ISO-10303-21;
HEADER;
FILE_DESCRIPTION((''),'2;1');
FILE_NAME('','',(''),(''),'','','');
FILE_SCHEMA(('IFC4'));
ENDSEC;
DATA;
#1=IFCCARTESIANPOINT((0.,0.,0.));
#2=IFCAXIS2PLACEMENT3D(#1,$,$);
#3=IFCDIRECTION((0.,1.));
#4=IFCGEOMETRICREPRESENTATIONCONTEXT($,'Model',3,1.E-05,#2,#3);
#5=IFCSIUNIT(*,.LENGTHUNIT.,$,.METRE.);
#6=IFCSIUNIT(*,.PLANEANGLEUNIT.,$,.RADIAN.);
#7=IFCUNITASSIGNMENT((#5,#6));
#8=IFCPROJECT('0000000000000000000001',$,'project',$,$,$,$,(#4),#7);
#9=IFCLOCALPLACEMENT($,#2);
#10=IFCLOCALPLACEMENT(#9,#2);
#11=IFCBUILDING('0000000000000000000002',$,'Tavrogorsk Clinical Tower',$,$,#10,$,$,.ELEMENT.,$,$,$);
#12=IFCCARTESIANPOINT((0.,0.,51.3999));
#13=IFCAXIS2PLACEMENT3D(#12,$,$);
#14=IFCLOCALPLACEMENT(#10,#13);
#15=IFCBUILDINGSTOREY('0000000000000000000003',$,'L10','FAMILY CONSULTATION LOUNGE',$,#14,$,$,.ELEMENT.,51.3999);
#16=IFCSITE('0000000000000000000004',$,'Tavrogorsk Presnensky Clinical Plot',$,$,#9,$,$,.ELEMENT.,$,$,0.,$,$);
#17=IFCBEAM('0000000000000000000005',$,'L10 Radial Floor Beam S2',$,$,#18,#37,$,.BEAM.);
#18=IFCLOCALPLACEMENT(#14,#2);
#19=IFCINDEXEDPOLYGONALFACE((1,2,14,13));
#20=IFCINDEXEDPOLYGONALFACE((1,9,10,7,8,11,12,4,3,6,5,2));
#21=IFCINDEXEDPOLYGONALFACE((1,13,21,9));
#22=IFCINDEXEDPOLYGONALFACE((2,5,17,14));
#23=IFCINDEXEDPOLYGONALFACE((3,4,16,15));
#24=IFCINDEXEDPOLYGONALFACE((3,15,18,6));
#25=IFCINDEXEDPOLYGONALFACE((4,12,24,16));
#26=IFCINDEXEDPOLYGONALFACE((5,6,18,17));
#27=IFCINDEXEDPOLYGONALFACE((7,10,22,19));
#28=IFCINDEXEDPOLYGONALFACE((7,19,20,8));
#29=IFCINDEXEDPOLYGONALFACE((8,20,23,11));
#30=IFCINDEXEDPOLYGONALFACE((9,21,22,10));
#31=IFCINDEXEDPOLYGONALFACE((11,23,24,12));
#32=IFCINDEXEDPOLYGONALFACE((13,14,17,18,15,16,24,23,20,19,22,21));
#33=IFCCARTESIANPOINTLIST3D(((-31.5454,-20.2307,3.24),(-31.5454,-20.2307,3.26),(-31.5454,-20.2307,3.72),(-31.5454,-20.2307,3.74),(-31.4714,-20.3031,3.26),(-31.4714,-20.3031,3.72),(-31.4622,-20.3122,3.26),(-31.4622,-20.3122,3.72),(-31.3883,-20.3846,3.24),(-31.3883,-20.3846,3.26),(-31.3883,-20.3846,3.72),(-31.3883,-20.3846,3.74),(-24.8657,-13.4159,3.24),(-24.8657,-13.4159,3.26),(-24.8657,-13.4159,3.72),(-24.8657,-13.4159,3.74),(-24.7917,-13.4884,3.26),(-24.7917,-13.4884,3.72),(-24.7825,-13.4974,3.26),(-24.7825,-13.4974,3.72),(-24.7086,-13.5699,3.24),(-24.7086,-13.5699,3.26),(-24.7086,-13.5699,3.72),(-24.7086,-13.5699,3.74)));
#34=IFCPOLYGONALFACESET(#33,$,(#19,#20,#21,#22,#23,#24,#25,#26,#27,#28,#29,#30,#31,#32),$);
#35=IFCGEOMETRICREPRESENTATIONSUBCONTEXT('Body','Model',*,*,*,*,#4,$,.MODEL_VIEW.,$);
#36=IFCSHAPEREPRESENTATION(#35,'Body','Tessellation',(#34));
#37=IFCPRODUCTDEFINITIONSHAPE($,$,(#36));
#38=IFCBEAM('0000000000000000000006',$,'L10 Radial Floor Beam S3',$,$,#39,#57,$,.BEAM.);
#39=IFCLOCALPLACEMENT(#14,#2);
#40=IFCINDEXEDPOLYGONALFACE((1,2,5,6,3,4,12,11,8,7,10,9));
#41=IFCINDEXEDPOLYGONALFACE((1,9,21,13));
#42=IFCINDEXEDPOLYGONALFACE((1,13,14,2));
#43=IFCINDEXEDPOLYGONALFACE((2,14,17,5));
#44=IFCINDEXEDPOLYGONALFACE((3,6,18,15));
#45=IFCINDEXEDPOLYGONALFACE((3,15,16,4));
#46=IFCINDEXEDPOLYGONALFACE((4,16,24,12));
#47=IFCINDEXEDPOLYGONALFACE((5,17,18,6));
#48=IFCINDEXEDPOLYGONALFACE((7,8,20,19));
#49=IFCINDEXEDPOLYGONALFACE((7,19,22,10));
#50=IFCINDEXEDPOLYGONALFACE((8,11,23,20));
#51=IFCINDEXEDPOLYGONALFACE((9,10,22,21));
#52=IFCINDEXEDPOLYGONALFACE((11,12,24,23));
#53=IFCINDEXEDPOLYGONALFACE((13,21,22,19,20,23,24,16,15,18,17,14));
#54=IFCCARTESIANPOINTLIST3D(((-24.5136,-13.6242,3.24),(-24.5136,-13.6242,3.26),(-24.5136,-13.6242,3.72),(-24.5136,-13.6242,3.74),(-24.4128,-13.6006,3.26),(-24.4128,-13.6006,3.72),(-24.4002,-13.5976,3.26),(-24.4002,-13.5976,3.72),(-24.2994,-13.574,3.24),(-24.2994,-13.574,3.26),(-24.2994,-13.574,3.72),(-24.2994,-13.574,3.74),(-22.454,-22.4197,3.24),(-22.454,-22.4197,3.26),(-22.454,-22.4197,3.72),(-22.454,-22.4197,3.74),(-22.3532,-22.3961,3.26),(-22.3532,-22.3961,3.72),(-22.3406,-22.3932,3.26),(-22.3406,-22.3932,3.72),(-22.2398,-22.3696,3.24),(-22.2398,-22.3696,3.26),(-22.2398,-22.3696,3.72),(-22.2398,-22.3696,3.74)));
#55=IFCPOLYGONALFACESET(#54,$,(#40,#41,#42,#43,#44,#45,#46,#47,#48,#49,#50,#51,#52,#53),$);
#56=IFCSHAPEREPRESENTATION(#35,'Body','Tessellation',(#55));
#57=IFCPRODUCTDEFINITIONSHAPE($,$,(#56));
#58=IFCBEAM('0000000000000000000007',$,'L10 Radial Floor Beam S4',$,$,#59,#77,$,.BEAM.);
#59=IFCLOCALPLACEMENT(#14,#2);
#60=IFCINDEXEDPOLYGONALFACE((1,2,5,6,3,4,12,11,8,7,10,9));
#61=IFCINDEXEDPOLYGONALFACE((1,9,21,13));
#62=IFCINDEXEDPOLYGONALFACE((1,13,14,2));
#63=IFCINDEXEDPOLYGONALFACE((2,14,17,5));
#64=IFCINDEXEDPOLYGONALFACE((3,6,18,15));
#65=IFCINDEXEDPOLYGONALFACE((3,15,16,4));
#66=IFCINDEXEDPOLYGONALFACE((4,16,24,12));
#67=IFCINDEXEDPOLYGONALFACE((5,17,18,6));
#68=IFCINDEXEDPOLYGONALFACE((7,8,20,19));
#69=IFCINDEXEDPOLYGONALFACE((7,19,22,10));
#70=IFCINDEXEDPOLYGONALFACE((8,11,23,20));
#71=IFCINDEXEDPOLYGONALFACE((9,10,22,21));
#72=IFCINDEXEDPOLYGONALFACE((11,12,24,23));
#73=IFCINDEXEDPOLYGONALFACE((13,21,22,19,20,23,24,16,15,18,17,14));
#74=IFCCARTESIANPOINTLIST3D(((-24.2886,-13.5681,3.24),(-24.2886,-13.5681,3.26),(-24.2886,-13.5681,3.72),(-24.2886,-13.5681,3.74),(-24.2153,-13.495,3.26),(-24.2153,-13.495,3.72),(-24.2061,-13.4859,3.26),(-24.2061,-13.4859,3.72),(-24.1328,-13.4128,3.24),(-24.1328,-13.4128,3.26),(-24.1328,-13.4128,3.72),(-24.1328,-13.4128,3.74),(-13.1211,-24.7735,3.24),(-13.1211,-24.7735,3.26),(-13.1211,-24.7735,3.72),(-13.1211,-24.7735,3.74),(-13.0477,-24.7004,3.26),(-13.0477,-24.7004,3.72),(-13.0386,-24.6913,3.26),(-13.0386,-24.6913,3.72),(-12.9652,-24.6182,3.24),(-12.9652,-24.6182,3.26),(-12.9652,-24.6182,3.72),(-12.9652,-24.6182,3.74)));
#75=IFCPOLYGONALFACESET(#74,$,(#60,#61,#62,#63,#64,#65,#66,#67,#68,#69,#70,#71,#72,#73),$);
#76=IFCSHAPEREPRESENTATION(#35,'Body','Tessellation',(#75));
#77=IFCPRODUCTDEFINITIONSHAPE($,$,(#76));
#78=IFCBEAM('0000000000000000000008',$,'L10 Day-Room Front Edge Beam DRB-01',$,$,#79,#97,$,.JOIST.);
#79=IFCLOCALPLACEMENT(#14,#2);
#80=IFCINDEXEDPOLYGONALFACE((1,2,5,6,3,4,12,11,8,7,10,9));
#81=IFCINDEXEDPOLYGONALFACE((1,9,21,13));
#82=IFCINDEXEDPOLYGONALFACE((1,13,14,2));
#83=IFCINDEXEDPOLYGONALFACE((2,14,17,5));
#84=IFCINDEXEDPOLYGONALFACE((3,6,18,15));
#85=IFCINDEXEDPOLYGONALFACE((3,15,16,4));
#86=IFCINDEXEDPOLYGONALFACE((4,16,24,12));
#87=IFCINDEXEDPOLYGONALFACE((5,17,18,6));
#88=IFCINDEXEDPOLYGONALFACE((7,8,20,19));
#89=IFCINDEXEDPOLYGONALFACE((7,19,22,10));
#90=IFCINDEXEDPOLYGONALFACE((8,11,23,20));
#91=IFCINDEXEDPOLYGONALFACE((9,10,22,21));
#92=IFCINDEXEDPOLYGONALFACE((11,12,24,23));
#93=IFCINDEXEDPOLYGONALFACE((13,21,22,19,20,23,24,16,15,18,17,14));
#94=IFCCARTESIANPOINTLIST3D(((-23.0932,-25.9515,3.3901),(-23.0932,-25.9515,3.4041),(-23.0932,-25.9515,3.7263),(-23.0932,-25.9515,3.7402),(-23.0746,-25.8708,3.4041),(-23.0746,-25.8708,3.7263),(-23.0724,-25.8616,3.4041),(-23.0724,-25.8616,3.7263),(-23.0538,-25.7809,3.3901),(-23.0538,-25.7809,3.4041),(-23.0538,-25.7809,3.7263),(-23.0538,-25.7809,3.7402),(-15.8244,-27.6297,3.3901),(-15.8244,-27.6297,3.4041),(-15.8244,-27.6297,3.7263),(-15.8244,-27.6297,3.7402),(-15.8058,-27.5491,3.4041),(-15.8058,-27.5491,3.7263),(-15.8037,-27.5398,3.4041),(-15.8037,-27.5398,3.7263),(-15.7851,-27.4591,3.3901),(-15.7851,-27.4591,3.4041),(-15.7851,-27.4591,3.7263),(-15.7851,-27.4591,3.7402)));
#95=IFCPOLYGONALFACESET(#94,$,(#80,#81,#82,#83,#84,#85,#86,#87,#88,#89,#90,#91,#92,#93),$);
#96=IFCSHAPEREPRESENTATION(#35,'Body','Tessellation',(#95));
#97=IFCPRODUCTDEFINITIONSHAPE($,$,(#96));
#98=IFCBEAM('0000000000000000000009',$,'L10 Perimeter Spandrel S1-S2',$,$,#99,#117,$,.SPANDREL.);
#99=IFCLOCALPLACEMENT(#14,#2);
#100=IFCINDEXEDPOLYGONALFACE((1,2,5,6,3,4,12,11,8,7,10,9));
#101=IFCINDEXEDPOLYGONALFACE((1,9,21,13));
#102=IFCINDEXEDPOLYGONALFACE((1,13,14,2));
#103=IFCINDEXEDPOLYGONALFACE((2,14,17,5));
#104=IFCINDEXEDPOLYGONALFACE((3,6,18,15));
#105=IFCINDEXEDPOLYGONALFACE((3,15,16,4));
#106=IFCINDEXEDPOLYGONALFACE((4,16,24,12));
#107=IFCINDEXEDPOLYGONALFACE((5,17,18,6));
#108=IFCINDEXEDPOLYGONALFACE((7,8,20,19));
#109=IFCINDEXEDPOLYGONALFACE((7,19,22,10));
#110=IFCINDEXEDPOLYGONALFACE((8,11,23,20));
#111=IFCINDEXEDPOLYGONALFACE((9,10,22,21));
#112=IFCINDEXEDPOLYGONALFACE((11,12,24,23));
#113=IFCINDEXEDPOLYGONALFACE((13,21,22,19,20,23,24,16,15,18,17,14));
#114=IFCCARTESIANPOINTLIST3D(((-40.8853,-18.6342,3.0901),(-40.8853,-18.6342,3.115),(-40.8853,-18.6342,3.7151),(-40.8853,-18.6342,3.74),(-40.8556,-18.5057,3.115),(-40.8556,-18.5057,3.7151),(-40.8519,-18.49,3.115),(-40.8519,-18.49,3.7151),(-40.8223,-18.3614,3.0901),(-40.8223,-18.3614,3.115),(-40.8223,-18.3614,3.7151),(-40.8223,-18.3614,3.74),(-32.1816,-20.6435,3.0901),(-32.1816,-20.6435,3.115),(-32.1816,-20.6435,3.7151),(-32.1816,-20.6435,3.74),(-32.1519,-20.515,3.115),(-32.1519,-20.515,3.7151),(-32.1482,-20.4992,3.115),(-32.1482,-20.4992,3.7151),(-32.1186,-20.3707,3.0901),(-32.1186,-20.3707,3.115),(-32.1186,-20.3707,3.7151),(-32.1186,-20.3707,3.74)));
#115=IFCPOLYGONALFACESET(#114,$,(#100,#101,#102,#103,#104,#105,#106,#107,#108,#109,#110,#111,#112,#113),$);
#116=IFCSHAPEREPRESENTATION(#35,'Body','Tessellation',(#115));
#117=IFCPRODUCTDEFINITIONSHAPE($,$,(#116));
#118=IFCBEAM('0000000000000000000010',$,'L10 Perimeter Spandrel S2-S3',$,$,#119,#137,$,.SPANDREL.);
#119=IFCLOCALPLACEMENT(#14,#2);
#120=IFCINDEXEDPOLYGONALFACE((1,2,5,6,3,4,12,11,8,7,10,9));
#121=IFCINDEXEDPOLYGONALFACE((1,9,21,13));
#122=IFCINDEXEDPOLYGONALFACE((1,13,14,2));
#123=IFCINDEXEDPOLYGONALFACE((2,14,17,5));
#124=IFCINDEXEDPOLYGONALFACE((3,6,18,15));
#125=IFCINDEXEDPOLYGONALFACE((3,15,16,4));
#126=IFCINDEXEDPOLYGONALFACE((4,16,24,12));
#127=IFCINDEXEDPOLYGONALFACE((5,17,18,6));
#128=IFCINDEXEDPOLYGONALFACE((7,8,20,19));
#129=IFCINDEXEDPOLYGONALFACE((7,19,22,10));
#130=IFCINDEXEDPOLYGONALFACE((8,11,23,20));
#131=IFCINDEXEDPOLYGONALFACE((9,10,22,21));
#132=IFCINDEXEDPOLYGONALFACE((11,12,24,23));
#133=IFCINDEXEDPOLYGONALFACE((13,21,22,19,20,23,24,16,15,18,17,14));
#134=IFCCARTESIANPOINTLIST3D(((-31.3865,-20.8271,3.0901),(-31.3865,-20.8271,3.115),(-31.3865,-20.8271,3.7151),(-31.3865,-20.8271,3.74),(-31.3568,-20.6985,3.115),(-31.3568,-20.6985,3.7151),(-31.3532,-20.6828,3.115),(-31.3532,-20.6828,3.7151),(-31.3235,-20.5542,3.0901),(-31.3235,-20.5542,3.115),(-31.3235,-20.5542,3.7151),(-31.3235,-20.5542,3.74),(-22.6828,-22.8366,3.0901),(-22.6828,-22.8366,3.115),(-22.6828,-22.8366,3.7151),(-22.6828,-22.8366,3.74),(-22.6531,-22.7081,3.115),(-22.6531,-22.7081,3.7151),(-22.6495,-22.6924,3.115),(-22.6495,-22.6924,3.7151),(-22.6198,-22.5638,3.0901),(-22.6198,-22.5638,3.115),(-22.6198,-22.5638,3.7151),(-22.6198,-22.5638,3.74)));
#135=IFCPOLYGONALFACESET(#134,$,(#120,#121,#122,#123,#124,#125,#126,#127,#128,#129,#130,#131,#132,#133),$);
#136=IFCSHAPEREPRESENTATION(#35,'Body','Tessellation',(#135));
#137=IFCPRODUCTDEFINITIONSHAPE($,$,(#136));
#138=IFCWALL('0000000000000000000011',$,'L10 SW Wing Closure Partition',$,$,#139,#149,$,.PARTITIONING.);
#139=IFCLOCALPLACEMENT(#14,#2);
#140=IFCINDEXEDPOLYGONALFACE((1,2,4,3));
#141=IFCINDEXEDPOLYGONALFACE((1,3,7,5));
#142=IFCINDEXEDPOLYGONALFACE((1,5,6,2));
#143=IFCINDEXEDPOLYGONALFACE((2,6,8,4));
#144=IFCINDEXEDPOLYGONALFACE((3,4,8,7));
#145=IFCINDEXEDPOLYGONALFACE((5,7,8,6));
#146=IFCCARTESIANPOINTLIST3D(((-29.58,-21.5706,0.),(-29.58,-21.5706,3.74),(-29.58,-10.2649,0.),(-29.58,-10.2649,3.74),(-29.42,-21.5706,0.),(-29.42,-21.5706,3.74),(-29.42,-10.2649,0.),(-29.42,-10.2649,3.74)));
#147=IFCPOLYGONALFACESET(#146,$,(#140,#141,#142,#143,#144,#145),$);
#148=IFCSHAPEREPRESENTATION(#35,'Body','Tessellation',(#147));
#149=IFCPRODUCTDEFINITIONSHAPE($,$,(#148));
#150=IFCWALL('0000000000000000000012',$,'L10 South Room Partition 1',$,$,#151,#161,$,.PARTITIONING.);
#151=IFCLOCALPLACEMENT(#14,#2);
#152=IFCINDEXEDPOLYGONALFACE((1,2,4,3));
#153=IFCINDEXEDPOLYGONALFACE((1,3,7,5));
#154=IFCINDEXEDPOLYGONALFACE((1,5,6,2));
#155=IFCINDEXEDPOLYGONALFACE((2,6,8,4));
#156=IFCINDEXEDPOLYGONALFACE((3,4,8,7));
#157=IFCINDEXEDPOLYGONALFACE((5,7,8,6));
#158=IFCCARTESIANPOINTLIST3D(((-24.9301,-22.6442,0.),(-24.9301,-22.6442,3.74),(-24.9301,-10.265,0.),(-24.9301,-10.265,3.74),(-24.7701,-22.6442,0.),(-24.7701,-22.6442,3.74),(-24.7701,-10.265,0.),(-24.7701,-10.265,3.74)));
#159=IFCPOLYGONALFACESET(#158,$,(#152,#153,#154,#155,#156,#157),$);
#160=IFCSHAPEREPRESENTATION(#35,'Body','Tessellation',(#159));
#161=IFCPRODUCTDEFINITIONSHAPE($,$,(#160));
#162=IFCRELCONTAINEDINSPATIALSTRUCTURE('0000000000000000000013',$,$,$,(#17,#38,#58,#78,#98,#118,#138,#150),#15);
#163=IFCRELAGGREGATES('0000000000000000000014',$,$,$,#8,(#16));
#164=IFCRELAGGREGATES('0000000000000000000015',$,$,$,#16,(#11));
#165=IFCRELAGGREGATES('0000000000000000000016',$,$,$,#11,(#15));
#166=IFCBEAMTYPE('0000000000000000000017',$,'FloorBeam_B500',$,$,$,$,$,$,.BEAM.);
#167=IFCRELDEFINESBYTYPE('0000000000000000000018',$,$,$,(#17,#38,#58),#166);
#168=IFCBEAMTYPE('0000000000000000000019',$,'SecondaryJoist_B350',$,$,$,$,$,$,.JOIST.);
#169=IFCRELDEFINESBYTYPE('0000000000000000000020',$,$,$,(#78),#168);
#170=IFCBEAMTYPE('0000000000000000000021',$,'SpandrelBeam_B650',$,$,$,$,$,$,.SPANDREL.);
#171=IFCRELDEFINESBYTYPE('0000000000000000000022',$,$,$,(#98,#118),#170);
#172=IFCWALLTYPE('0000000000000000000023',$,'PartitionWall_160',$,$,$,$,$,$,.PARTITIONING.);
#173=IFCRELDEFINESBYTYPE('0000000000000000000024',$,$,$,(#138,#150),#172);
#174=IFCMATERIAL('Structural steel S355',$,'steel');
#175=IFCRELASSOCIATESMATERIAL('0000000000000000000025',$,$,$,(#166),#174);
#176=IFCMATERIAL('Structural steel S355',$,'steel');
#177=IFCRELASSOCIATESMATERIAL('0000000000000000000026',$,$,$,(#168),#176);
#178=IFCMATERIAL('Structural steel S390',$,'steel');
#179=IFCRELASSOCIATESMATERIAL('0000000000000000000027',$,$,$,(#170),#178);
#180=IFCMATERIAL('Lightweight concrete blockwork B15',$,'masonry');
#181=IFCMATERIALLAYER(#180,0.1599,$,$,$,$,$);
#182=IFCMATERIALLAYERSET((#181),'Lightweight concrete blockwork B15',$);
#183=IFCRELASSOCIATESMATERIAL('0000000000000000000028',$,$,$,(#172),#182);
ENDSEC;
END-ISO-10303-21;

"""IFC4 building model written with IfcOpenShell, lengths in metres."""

from ifc_helpers import new_model, si_unit, direction, frame, frame_2d, origin, origin_2d, place, context, subcontext, project, spatial, rectangle, i_section, extrude, material, layer, layer_set, material_profile, profile_set, type_object, element, save


model = new_model("IFC4")

# Units and contexts
model_context = context("Model", 3, precision=1e-05, world=origin(), true_north=direction((0.0, 1.0)))
body_context = subcontext(model_context, "Body", "Model", "MODEL_VIEW")
ifc_project = project(units=[si_unit("LENGTHUNIT", "METRE"), si_unit("PLANEANGLEUNIT", "RADIAN")], contexts=[model_context])

# Site, building, storey
site_placement = place(None, origin())
site = spatial("IfcSite", under=ifc_project, at=site_placement, Name="Tavrogorsk Presnensky Clinical Plot", CompositionType="ELEMENT", RefElevation=0.0)
building_placement = place(site_placement, origin())
building = spatial("IfcBuilding", under=site, at=building_placement, Name="Tavrogorsk Clinical Tower", CompositionType="ELEMENT")
storey_placement = place(building_placement, frame((0.0, 0.0, 51.3999)))
storey = spatial("IfcBuildingStorey", under=building, at=storey_placement, Name="L10", Description="FAMILY CONSULTATION LOUNGE", CompositionType="ELEMENT", Elevation=51.3999)

# Beams
ifc_material_1 = material(Name="Structural steel S355", Category="steel")
ifc_material_profile_1 = material_profile(ifc_material_1, i_section(OverallWidth=0.22, OverallDepth=0.5, WebThickness=0.0129, FlangeThickness=0.02, at=origin_2d()), Name="B-500x220x13x20")
ifc_profile_set_1 = profile_set([ifc_material_profile_1], Name="Structural steel S355")
beam_type_1 = type_object("IfcBeamType", Name="FloorBeam_B500", PredefinedType="BEAM", material=ifc_profile_set_1)
beam_1_placement = place(storey_placement, frame((-24.7871, -13.4929, 3.49), z_axis=(-0.699997, -0.714146, 0.0), x_axis=(0.714146, -0.699997, 0.0)))
element("IfcBeam", 1, at=beam_1_placement, inside=storey, type_object=beam_type_1, Name="L10 Radial Floor Beam S2", PredefinedType="BEAM", context=body_context, shape_type="SweptSolid", body=[
    extrude(i_section(OverallWidth=0.22, OverallDepth=0.5, WebThickness=0.0129, FlangeThickness=0.02, at=origin_2d()), origin(), (0.0, 0.0, 1.0), 9.5425),
])
beam_2_placement = place(storey_placement, frame((-24.4065, -13.5991, 3.49), z_axis=(0.227997, -0.973662, 0.0), x_axis=(0.973662, 0.227997, 0.0)))
element("IfcBeam", 2, at=beam_2_placement, inside=storey, type_object=beam_type_1, Name="L10 Radial Floor Beam S3", PredefinedType="BEAM", context=body_context, shape_type="SweptSolid", body=[
    extrude(i_section(OverallWidth=0.22, OverallDepth=0.5, WebThickness=0.0129, FlangeThickness=0.02, at=origin_2d()), origin(), (0.0, 0.0, 1.0), 9.0334),
])
beam_3_placement = place(storey_placement, frame((-24.2107, -13.4905, 3.49), z_axis=(0.70591, -0.708302, 0.0), x_axis=(0.708302, 0.70591, 0.0)))
element("IfcBeam", 3, at=beam_3_placement, inside=storey, type_object=beam_type_1, Name="L10 Radial Floor Beam S4", PredefinedType="BEAM", context=body_context, shape_type="SweptSolid", body=[
    extrude(i_section(OverallWidth=0.22, OverallDepth=0.5, WebThickness=0.0129, FlangeThickness=0.02, at=origin_2d()), origin(), (0.0, 0.0, 1.0), 15.8201),
])
ifc_material_2 = material(Name="Structural steel S355", Category="steel")
ifc_material_profile_2 = material_profile(ifc_material_2, i_section(OverallWidth=0.175, OverallDepth=0.3501, WebThickness=0.0095, FlangeThickness=0.0139, at=origin_2d()), Name="B-350x175x9.5x14")
ifc_profile_set_2 = profile_set([ifc_material_profile_2], Name="Structural steel S355")
beam_type_2 = type_object("IfcBeamType", Name="SecondaryJoist_B350", PredefinedType="JOIST", material=ifc_profile_set_2)
beam_4_placement = place(storey_placement, frame((-23.0735, -25.8662, 3.5652), z_axis=(0.974367, -0.224962, 0.0), x_axis=(0.224962, 0.974367, 0.0)))
element("IfcBeam", 4, at=beam_4_placement, inside=storey, type_object=beam_type_2, Name="L10 Day-Room Front Edge Beam DRB-01", PredefinedType="JOIST", context=body_context, shape_type="SweptSolid", body=[
    extrude(i_section(OverallWidth=0.175, OverallDepth=0.3501, WebThickness=0.0095, FlangeThickness=0.0139, at=origin_2d()), origin(), (0.0, 0.0, 1.0), 7.46),
])
ifc_material_3 = material(Name="Structural steel S390", Category="steel")
ifc_material_profile_3 = material_profile(ifc_material_3, i_section(OverallWidth=0.28, OverallDepth=0.6499, WebThickness=0.0161, FlangeThickness=0.0249, at=origin_2d()), Name="B-650x280x16x25")
ifc_profile_set_3 = profile_set([ifc_material_profile_3], Name="Structural steel S390")
beam_type_3 = type_object("IfcBeamType", Name="SpandrelBeam_B650", PredefinedType="SPANDREL", material=ifc_profile_set_3)
for number, where, z_axis, x_axis, name in (
    (5, (-40.8538, -18.4978, 3.415), (0.974373, -0.224939, 0.0), (0.224939, 0.974373, 0.0), "L10 Perimeter Spandrel S1-S2"),
    (6, (-31.355, -20.6907, 3.415), (0.974367, -0.224965, 0.0), (0.224965, 0.974367, 0.0), "L10 Perimeter Spandrel S2-S3"),
):
    element("IfcBeam", number, at=place(storey_placement, frame(where, z_axis=z_axis, x_axis=x_axis)), inside=storey, type_object=beam_type_3, Name=name, PredefinedType="SPANDREL", context=body_context, shape_type="SweptSolid", body=[
        extrude(i_section(OverallWidth=0.28, OverallDepth=0.6499, WebThickness=0.0161, FlangeThickness=0.0249, at=origin_2d()), origin(), (0.0, 0.0, 1.0), 8.9326),
    ])

# Walls
ifc_material_4 = material(Name="Lightweight concrete blockwork B15", Category="masonry")
ifc_layer_1 = layer(ifc_material_4, 0.1599)
ifc_layer_set_1 = layer_set([ifc_layer_1], Name="Lightweight concrete blockwork B15")
wall_type_1 = type_object("IfcWallType", Name="PartitionWall_160", PredefinedType="PARTITIONING", material=ifc_layer_set_1)
wall_1_placement = place(storey_placement, frame((-29.5, -21.5706, 0.0), z_axis=(0.0, 0.0, 1.0), x_axis=(0.0, 1.0, 0.0)))
element("IfcWall", 7, at=wall_1_placement, inside=storey, type_object=wall_type_1, Name="L10 SW Wing Closure Partition", PredefinedType="PARTITIONING", context=body_context, shape_type="SweptSolid", body=[
    extrude(rectangle(XDim=11.3057, YDim=0.1599, at=frame_2d((5.6528, 0.0))), origin(), (0.0, 0.0, 1.0), 3.74),
])
wall_2_placement = place(storey_placement, frame((-24.8501, -22.644, 0.0), z_axis=(0.0, 0.0, 1.0), x_axis=(0.0, 1.0, 0.0)))
element("IfcWall", 8, at=wall_2_placement, inside=storey, type_object=wall_type_1, Name="L10 South Room Partition 1", PredefinedType="PARTITIONING", context=body_context, shape_type="SweptSolid", body=[
    extrude(rectangle(XDim=12.3792, YDim=0.1599, at=frame_2d((6.1895, 0.0))), origin(), (0.0, 0.0, 1.0), 3.74),
])

save(model, "model.ifc")
